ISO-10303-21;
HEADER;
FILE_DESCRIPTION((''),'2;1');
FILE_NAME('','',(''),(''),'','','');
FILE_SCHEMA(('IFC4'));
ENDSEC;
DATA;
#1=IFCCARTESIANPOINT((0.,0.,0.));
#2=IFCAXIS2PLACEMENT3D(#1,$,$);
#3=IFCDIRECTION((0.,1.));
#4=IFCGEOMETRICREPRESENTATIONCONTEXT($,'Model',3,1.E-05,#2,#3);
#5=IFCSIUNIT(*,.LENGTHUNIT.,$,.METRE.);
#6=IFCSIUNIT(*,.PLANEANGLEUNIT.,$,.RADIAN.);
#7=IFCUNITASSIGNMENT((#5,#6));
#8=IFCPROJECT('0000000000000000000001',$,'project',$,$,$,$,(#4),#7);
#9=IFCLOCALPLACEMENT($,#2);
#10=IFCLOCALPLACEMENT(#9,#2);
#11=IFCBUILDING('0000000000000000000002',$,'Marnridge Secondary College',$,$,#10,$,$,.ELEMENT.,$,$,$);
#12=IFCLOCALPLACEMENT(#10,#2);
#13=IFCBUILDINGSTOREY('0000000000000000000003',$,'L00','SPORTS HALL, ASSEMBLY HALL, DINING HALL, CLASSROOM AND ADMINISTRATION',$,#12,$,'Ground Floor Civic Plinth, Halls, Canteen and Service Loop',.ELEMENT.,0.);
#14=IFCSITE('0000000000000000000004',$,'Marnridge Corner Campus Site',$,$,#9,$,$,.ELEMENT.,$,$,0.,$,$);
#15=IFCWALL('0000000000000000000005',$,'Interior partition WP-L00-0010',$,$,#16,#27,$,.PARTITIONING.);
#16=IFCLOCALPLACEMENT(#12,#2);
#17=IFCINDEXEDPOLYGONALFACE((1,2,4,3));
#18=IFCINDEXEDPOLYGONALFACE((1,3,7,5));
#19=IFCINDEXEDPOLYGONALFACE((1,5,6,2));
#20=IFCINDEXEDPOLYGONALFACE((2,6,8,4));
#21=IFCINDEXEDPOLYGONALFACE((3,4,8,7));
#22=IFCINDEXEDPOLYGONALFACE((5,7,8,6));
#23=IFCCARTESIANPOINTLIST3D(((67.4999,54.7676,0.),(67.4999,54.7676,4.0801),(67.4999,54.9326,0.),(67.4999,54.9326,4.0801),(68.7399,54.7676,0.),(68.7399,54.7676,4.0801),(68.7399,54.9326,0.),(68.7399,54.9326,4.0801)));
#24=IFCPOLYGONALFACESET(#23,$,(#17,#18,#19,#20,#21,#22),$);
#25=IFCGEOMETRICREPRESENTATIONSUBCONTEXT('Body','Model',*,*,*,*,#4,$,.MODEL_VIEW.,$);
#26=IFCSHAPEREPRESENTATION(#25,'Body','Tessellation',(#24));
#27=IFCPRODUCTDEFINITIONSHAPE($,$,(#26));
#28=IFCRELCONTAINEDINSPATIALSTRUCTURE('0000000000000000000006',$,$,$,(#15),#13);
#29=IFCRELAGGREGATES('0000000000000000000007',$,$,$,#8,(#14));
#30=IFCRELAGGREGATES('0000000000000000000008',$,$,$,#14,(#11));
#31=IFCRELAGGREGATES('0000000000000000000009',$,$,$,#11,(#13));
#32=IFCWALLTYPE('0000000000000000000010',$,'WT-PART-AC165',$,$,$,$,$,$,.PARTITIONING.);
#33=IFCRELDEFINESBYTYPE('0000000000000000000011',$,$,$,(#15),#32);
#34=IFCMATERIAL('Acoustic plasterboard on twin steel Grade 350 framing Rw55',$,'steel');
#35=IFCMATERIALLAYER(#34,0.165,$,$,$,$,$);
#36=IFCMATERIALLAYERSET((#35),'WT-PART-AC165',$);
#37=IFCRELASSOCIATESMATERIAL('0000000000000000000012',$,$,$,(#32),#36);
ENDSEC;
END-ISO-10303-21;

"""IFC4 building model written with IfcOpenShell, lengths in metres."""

from ifc_helpers import new_model, si_unit, direction, frame, frame_2d, origin, place, context, subcontext, project, spatial, rectangle, extrude, material, layer, layer_set, type_object, element, save


model = new_model("IFC4")

# Units and contexts
model_context = context("Model", 3, precision=1e-05, world=origin(), true_north=direction((0.0, 1.0)))
body_context = subcontext(model_context, "Body", "Model", "MODEL_VIEW")
ifc_project = project(units=[si_unit("LENGTHUNIT", "METRE"), si_unit("PLANEANGLEUNIT", "RADIAN")], contexts=[model_context])

# Site, building, storey
site_placement = place(None, origin())
site = spatial("IfcSite", under=ifc_project, at=site_placement, Name="Marnridge Corner Campus Site", CompositionType="ELEMENT", RefElevation=0.0)
building_placement = place(site_placement, origin())
building = spatial("IfcBuilding", under=site, at=building_placement, Name="Marnridge Secondary College", CompositionType="ELEMENT")
storey_placement = place(building_placement, origin())
storey = spatial("IfcBuildingStorey", under=building, at=storey_placement, Name="L00", Description="SPORTS HALL, ASSEMBLY HALL, DINING HALL, CLASSROOM AND ADMINISTRATION", LongName="Ground Floor Civic Plinth, Halls, Canteen and Service Loop", CompositionType="ELEMENT", Elevation=0.0)

# Wall
ifc_material_1 = material(Name="Acoustic plasterboard on twin steel Grade 350 framing Rw55", Category="steel")
ifc_layer = layer(ifc_material_1, 0.165)
ifc_layer_set = layer_set([ifc_layer], Name="WT-PART-AC165")
wall_type = type_object("IfcWallType", Name="WT-PART-AC165", PredefinedType="PARTITIONING", material=ifc_layer_set)
wall_placement = place(storey_placement, frame((68.74, 54.8501, 0.0), z_axis=(0.0, 0.0, 1.0), x_axis=(-1.0, 0.0, 0.0)))
element("IfcWall", 1, at=wall_placement, inside=storey, type_object=wall_type, Name="Interior partition WP-L00-0010", PredefinedType="PARTITIONING", context=body_context, shape_type="SweptSolid", body=[
    extrude(rectangle(XDim=1.24, YDim=0.165, at=frame_2d((0.6201, 0.0))), origin(), (0.0, 0.0, 1.0), 4.0801),
])

save(model, "model.ifc")
